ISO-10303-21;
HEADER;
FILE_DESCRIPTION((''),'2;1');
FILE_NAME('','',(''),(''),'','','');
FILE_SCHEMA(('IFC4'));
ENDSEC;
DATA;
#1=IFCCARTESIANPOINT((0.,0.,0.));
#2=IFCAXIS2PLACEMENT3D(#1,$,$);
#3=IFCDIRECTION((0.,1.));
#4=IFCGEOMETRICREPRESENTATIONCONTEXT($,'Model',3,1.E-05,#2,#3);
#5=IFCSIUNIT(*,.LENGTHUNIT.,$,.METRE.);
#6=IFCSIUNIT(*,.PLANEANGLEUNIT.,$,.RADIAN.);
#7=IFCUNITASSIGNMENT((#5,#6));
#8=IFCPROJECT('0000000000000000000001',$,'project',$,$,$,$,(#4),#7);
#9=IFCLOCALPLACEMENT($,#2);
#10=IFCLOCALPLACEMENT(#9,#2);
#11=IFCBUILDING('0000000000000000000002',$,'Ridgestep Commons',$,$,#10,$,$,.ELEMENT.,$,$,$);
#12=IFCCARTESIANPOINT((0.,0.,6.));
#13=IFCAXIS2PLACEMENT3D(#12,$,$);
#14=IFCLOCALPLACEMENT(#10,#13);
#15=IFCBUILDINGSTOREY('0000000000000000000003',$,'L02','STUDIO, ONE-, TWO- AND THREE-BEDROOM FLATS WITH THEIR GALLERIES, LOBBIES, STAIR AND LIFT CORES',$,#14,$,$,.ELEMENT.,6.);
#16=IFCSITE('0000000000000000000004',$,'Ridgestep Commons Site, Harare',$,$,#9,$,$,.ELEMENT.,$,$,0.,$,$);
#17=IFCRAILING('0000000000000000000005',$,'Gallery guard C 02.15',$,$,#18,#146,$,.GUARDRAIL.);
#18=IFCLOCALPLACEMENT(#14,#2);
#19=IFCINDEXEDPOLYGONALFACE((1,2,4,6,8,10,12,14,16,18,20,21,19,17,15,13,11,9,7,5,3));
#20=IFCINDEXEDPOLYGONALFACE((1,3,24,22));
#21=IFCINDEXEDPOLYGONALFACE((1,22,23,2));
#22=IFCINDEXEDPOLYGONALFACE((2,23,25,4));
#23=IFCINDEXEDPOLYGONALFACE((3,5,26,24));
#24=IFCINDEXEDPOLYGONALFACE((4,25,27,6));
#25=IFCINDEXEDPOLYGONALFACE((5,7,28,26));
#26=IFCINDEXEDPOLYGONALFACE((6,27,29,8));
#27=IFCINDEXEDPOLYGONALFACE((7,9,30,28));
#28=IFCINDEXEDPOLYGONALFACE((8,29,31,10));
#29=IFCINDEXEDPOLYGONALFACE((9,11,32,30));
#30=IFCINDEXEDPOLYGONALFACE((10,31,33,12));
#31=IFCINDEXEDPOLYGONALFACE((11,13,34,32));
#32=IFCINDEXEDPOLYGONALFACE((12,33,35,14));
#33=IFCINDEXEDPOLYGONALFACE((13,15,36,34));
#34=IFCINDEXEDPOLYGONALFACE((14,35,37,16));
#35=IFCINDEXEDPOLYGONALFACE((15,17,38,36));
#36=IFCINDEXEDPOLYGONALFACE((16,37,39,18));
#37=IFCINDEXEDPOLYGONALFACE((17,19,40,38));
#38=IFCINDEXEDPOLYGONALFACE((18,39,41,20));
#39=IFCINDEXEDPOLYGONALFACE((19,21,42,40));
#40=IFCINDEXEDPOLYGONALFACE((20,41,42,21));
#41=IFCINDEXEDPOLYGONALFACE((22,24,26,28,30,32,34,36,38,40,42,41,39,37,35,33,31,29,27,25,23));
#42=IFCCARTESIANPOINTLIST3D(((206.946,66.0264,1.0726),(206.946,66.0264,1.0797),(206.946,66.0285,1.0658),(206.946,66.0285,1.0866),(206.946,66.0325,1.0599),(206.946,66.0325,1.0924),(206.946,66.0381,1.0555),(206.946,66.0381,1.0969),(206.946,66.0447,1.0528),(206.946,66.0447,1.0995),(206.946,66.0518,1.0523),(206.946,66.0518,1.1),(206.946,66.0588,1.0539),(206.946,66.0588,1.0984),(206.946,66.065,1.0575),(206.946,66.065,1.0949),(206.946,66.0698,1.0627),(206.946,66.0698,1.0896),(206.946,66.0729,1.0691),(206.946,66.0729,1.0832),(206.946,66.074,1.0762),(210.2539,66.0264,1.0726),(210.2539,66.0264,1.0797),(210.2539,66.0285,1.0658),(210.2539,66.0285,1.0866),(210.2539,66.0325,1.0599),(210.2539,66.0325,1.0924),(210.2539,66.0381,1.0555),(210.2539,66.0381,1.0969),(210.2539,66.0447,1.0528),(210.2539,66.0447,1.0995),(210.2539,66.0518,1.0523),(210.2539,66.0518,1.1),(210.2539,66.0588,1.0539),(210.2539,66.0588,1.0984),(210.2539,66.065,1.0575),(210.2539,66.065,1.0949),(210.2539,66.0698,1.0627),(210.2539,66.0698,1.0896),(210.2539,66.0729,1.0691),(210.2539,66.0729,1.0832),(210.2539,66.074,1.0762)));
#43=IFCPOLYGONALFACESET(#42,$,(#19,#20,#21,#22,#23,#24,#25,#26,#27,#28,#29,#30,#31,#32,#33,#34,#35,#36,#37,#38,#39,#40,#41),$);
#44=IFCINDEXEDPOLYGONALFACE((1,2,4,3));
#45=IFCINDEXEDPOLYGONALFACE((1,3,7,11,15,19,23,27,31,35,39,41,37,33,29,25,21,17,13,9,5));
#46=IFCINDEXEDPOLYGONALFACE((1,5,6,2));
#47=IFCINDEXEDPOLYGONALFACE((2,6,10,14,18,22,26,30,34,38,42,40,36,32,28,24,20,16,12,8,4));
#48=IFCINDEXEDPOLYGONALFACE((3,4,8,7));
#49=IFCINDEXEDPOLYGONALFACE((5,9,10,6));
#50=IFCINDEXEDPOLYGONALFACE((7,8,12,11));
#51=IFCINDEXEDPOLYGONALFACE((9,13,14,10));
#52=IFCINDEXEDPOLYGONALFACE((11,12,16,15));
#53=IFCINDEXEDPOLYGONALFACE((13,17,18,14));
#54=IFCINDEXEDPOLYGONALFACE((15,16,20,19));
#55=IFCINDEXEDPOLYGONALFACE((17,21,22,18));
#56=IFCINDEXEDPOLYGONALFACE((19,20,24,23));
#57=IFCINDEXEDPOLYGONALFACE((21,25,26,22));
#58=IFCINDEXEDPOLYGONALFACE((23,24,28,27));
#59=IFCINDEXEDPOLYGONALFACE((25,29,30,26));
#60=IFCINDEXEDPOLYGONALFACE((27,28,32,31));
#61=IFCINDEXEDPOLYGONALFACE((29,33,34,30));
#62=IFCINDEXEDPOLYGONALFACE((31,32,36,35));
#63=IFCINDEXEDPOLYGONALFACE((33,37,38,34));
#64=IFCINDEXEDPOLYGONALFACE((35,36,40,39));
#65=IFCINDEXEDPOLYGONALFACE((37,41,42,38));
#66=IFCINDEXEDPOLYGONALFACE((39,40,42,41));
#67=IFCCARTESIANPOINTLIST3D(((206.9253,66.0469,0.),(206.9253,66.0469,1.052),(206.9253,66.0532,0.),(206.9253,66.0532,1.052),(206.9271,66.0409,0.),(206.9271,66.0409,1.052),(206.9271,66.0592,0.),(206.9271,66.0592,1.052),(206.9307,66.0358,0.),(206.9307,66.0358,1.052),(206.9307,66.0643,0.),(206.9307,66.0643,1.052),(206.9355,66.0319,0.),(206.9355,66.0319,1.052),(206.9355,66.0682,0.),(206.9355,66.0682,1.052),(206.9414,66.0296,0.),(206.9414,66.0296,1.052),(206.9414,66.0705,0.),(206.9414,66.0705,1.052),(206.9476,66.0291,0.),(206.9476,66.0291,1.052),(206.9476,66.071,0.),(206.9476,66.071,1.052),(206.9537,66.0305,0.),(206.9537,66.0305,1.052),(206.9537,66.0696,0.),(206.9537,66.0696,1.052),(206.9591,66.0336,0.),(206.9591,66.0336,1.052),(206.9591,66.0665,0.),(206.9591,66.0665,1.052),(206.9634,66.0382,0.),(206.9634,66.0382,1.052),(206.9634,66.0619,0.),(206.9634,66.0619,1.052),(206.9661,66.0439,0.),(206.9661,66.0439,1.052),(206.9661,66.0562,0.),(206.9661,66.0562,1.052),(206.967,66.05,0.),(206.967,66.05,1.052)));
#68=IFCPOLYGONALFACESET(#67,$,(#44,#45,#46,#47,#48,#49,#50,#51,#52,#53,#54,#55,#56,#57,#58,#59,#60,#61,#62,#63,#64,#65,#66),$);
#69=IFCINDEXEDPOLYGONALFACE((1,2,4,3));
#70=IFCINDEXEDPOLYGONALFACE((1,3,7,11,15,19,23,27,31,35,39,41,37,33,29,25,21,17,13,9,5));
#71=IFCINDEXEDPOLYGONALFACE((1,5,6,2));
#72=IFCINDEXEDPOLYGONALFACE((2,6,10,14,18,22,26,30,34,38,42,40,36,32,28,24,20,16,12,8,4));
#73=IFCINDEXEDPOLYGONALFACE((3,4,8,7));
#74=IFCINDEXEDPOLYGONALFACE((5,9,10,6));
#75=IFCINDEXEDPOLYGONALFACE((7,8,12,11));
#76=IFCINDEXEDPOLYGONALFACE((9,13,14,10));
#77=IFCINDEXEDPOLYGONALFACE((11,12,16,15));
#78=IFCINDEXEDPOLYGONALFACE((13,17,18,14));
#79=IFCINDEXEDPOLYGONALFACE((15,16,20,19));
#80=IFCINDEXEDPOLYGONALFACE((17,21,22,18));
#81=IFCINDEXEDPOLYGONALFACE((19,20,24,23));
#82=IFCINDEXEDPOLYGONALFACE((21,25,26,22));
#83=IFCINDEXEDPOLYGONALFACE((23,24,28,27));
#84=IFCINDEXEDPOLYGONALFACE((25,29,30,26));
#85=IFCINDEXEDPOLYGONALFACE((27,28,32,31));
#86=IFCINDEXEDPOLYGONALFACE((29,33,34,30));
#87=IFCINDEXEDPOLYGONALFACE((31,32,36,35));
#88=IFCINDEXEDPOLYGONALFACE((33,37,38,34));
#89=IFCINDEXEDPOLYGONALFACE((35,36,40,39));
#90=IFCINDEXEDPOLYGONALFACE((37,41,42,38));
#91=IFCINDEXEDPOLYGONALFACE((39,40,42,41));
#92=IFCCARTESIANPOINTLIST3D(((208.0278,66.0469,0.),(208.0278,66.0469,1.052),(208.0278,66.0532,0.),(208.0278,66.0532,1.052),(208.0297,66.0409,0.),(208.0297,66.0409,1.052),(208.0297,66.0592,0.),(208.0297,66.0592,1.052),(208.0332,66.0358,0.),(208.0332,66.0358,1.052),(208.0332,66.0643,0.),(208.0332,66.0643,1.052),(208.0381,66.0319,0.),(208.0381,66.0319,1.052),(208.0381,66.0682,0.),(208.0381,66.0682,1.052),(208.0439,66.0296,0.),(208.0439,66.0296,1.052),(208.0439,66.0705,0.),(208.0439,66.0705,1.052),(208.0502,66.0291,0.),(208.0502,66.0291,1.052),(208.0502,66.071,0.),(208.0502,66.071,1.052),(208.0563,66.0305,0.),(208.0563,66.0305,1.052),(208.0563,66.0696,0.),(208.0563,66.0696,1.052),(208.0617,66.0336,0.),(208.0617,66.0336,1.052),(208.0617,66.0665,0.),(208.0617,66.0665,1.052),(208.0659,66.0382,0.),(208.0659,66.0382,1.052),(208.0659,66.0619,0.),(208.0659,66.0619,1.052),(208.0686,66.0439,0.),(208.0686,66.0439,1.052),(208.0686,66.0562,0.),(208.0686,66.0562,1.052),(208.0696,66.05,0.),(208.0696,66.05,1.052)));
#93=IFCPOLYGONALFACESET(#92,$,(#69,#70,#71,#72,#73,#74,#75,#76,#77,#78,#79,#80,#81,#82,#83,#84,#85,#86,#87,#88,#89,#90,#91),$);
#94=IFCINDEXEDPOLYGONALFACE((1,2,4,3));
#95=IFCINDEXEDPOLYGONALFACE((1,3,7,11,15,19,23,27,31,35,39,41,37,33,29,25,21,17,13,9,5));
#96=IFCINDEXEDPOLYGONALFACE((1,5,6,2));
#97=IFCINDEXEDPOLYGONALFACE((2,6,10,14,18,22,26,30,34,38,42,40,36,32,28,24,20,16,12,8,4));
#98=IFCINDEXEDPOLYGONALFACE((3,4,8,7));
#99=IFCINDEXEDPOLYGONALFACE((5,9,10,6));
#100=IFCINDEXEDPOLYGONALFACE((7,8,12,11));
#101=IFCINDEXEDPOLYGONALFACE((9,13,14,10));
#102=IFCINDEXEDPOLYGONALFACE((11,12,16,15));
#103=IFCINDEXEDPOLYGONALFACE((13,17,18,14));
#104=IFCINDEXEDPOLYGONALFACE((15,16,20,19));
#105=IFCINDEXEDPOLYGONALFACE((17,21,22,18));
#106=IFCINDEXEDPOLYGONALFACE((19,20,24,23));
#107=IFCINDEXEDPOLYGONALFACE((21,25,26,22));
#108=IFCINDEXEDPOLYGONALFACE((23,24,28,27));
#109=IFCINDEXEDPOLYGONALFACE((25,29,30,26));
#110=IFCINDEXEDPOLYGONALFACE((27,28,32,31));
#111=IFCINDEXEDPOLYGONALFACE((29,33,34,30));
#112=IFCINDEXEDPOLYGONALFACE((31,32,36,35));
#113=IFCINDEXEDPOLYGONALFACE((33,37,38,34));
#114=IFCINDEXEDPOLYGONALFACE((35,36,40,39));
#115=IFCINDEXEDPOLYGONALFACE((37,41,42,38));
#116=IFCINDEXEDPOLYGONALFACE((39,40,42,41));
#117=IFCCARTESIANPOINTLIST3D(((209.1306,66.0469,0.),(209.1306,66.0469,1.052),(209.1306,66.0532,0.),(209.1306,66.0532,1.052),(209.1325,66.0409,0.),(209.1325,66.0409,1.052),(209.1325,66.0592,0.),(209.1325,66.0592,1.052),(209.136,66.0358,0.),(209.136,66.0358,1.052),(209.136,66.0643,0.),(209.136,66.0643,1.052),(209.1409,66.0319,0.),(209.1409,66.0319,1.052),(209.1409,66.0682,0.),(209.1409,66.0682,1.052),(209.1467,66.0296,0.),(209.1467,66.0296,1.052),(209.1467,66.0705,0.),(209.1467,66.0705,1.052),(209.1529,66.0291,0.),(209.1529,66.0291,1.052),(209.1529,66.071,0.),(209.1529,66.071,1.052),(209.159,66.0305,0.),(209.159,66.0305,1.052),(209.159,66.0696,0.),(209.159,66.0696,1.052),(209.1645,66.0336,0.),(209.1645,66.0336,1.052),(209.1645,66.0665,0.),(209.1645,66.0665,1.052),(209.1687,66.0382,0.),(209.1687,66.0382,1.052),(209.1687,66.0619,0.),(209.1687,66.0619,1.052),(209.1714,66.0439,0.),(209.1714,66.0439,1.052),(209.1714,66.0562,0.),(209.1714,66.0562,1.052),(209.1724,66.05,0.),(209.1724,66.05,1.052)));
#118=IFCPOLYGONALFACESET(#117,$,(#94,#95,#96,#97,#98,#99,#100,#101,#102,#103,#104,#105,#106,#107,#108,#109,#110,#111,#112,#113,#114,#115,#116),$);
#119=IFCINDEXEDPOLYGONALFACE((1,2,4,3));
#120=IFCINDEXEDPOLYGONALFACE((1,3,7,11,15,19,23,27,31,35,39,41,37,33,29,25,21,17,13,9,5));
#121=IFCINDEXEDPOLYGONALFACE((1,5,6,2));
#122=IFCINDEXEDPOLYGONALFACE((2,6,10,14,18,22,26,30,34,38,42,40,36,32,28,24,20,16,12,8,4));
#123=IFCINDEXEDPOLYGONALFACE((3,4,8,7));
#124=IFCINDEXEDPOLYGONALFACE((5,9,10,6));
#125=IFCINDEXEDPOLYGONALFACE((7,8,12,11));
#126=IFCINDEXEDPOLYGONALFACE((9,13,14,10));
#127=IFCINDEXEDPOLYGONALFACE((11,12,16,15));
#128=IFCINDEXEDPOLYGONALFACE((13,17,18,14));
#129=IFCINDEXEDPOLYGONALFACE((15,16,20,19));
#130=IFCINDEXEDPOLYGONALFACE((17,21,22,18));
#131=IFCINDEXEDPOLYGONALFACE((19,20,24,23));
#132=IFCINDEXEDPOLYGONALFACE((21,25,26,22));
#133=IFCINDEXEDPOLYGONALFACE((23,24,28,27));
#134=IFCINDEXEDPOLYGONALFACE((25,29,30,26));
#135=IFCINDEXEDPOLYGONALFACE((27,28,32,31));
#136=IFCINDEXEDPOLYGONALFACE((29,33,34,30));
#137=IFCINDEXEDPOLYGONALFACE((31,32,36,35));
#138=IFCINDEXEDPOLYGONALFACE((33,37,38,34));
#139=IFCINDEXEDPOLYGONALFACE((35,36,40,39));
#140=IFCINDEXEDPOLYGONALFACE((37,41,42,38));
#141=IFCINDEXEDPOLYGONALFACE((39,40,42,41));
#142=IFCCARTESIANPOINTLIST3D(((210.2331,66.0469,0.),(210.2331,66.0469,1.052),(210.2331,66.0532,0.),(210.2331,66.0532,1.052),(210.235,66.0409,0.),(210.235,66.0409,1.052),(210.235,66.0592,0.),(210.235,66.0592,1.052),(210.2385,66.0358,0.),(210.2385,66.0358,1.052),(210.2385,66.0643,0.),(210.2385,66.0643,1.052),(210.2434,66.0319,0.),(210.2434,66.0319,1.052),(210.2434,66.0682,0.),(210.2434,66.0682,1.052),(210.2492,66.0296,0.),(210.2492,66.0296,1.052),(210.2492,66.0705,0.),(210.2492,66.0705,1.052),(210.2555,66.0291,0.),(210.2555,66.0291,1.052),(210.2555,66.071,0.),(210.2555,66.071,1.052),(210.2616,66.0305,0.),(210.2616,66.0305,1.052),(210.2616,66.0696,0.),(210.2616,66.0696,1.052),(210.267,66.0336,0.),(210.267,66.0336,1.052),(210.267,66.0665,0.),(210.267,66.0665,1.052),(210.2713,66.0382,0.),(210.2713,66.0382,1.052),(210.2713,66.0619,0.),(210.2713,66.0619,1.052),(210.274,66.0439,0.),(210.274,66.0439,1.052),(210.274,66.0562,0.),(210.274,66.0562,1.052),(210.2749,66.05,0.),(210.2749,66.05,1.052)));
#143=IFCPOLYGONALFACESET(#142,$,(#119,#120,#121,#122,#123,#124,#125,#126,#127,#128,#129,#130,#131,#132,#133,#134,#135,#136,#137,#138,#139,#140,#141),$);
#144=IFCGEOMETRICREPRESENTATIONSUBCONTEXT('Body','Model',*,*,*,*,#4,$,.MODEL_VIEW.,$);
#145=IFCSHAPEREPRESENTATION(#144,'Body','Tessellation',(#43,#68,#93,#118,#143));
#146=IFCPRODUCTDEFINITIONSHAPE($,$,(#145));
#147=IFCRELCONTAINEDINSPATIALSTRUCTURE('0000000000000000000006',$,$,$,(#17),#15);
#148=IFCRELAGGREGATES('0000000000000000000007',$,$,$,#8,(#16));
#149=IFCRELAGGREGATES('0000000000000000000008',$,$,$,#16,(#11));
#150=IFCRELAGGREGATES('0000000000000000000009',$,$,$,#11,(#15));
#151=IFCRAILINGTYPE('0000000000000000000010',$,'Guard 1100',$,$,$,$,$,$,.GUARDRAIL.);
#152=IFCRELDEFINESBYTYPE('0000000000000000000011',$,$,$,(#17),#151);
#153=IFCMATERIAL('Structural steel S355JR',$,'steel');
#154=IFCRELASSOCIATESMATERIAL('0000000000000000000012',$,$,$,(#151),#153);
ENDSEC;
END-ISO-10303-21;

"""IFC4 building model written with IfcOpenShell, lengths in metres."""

from ifc_helpers import new_model, si_unit, direction, frame, origin, origin_2d, place, context, subcontext, project, spatial, circle, extrude, material, type_object, element, save


model = new_model("IFC4")

# Units and contexts
model_context = context("Model", 3, precision=1e-05, world=origin(), true_north=direction((0.0, 1.0)))
body_context = subcontext(model_context, "Body", "Model", "MODEL_VIEW")
ifc_project = project(units=[si_unit("LENGTHUNIT", "METRE"), si_unit("PLANEANGLEUNIT", "RADIAN")], contexts=[model_context])

# Site, building, storey
site_placement = place(None, origin())
site = spatial("IfcSite", under=ifc_project, at=site_placement, Name="Ridgestep Commons Site, Harare", CompositionType="ELEMENT", RefElevation=0.0)
building_placement = place(site_placement, origin())
building = spatial("IfcBuilding", under=site, at=building_placement, Name="Ridgestep Commons", CompositionType="ELEMENT")
storey_placement = place(building_placement, frame((0.0, 0.0, 6.0)))
storey = spatial("IfcBuildingStorey", under=building, at=storey_placement, Name="L02", Description="STUDIO, ONE-, TWO- AND THREE-BEDROOM FLATS WITH THEIR GALLERIES, LOBBIES, STAIR AND LIFT CORES", CompositionType="ELEMENT", Elevation=6.0)

# Railing
ifc_material_1 = material(Name="Structural steel S355JR", Category="steel")
railing_type = type_object("IfcRailingType", Name="Guard 1100", PredefinedType="GUARDRAIL", material=ifc_material_1)
railing_1_placement = place(storey_placement, frame((206.946, 66.05, 0.0)))
element("IfcRailing", 1, at=railing_1_placement, inside=storey, type_object=railing_type, Name="Gallery guard C 02.15", PredefinedType="GUARDRAIL", context=body_context, shape_type="SweptSolid", body=[
    extrude(circle(Radius=0.0239, at=origin_2d()), frame((0.0, 0.0, 1.0762), z_axis=(1.0, 0.0, 0.0), x_axis=(0.0, 1.0, 0.0)), (0.0, 0.0, 1.0), 3.3079),
    extrude(circle(Radius=0.021, at=origin_2d()), origin(), (0.0, 0.0, 1.0), 1.052),
    extrude(circle(Radius=0.021, at=origin_2d()), frame((1.1025, 0.0, 0.0)), (0.0, 0.0, 1.0), 1.052),
    extrude(circle(Radius=0.021, at=origin_2d()), frame((2.2053, 0.0, 0.0)), (0.0, 0.0, 1.0), 1.052),
    extrude(circle(Radius=0.021, at=origin_2d()), frame((3.3079, 0.0, 0.0)), (0.0, 0.0, 1.0), 1.052),
])

save(model, "model.ifc")
